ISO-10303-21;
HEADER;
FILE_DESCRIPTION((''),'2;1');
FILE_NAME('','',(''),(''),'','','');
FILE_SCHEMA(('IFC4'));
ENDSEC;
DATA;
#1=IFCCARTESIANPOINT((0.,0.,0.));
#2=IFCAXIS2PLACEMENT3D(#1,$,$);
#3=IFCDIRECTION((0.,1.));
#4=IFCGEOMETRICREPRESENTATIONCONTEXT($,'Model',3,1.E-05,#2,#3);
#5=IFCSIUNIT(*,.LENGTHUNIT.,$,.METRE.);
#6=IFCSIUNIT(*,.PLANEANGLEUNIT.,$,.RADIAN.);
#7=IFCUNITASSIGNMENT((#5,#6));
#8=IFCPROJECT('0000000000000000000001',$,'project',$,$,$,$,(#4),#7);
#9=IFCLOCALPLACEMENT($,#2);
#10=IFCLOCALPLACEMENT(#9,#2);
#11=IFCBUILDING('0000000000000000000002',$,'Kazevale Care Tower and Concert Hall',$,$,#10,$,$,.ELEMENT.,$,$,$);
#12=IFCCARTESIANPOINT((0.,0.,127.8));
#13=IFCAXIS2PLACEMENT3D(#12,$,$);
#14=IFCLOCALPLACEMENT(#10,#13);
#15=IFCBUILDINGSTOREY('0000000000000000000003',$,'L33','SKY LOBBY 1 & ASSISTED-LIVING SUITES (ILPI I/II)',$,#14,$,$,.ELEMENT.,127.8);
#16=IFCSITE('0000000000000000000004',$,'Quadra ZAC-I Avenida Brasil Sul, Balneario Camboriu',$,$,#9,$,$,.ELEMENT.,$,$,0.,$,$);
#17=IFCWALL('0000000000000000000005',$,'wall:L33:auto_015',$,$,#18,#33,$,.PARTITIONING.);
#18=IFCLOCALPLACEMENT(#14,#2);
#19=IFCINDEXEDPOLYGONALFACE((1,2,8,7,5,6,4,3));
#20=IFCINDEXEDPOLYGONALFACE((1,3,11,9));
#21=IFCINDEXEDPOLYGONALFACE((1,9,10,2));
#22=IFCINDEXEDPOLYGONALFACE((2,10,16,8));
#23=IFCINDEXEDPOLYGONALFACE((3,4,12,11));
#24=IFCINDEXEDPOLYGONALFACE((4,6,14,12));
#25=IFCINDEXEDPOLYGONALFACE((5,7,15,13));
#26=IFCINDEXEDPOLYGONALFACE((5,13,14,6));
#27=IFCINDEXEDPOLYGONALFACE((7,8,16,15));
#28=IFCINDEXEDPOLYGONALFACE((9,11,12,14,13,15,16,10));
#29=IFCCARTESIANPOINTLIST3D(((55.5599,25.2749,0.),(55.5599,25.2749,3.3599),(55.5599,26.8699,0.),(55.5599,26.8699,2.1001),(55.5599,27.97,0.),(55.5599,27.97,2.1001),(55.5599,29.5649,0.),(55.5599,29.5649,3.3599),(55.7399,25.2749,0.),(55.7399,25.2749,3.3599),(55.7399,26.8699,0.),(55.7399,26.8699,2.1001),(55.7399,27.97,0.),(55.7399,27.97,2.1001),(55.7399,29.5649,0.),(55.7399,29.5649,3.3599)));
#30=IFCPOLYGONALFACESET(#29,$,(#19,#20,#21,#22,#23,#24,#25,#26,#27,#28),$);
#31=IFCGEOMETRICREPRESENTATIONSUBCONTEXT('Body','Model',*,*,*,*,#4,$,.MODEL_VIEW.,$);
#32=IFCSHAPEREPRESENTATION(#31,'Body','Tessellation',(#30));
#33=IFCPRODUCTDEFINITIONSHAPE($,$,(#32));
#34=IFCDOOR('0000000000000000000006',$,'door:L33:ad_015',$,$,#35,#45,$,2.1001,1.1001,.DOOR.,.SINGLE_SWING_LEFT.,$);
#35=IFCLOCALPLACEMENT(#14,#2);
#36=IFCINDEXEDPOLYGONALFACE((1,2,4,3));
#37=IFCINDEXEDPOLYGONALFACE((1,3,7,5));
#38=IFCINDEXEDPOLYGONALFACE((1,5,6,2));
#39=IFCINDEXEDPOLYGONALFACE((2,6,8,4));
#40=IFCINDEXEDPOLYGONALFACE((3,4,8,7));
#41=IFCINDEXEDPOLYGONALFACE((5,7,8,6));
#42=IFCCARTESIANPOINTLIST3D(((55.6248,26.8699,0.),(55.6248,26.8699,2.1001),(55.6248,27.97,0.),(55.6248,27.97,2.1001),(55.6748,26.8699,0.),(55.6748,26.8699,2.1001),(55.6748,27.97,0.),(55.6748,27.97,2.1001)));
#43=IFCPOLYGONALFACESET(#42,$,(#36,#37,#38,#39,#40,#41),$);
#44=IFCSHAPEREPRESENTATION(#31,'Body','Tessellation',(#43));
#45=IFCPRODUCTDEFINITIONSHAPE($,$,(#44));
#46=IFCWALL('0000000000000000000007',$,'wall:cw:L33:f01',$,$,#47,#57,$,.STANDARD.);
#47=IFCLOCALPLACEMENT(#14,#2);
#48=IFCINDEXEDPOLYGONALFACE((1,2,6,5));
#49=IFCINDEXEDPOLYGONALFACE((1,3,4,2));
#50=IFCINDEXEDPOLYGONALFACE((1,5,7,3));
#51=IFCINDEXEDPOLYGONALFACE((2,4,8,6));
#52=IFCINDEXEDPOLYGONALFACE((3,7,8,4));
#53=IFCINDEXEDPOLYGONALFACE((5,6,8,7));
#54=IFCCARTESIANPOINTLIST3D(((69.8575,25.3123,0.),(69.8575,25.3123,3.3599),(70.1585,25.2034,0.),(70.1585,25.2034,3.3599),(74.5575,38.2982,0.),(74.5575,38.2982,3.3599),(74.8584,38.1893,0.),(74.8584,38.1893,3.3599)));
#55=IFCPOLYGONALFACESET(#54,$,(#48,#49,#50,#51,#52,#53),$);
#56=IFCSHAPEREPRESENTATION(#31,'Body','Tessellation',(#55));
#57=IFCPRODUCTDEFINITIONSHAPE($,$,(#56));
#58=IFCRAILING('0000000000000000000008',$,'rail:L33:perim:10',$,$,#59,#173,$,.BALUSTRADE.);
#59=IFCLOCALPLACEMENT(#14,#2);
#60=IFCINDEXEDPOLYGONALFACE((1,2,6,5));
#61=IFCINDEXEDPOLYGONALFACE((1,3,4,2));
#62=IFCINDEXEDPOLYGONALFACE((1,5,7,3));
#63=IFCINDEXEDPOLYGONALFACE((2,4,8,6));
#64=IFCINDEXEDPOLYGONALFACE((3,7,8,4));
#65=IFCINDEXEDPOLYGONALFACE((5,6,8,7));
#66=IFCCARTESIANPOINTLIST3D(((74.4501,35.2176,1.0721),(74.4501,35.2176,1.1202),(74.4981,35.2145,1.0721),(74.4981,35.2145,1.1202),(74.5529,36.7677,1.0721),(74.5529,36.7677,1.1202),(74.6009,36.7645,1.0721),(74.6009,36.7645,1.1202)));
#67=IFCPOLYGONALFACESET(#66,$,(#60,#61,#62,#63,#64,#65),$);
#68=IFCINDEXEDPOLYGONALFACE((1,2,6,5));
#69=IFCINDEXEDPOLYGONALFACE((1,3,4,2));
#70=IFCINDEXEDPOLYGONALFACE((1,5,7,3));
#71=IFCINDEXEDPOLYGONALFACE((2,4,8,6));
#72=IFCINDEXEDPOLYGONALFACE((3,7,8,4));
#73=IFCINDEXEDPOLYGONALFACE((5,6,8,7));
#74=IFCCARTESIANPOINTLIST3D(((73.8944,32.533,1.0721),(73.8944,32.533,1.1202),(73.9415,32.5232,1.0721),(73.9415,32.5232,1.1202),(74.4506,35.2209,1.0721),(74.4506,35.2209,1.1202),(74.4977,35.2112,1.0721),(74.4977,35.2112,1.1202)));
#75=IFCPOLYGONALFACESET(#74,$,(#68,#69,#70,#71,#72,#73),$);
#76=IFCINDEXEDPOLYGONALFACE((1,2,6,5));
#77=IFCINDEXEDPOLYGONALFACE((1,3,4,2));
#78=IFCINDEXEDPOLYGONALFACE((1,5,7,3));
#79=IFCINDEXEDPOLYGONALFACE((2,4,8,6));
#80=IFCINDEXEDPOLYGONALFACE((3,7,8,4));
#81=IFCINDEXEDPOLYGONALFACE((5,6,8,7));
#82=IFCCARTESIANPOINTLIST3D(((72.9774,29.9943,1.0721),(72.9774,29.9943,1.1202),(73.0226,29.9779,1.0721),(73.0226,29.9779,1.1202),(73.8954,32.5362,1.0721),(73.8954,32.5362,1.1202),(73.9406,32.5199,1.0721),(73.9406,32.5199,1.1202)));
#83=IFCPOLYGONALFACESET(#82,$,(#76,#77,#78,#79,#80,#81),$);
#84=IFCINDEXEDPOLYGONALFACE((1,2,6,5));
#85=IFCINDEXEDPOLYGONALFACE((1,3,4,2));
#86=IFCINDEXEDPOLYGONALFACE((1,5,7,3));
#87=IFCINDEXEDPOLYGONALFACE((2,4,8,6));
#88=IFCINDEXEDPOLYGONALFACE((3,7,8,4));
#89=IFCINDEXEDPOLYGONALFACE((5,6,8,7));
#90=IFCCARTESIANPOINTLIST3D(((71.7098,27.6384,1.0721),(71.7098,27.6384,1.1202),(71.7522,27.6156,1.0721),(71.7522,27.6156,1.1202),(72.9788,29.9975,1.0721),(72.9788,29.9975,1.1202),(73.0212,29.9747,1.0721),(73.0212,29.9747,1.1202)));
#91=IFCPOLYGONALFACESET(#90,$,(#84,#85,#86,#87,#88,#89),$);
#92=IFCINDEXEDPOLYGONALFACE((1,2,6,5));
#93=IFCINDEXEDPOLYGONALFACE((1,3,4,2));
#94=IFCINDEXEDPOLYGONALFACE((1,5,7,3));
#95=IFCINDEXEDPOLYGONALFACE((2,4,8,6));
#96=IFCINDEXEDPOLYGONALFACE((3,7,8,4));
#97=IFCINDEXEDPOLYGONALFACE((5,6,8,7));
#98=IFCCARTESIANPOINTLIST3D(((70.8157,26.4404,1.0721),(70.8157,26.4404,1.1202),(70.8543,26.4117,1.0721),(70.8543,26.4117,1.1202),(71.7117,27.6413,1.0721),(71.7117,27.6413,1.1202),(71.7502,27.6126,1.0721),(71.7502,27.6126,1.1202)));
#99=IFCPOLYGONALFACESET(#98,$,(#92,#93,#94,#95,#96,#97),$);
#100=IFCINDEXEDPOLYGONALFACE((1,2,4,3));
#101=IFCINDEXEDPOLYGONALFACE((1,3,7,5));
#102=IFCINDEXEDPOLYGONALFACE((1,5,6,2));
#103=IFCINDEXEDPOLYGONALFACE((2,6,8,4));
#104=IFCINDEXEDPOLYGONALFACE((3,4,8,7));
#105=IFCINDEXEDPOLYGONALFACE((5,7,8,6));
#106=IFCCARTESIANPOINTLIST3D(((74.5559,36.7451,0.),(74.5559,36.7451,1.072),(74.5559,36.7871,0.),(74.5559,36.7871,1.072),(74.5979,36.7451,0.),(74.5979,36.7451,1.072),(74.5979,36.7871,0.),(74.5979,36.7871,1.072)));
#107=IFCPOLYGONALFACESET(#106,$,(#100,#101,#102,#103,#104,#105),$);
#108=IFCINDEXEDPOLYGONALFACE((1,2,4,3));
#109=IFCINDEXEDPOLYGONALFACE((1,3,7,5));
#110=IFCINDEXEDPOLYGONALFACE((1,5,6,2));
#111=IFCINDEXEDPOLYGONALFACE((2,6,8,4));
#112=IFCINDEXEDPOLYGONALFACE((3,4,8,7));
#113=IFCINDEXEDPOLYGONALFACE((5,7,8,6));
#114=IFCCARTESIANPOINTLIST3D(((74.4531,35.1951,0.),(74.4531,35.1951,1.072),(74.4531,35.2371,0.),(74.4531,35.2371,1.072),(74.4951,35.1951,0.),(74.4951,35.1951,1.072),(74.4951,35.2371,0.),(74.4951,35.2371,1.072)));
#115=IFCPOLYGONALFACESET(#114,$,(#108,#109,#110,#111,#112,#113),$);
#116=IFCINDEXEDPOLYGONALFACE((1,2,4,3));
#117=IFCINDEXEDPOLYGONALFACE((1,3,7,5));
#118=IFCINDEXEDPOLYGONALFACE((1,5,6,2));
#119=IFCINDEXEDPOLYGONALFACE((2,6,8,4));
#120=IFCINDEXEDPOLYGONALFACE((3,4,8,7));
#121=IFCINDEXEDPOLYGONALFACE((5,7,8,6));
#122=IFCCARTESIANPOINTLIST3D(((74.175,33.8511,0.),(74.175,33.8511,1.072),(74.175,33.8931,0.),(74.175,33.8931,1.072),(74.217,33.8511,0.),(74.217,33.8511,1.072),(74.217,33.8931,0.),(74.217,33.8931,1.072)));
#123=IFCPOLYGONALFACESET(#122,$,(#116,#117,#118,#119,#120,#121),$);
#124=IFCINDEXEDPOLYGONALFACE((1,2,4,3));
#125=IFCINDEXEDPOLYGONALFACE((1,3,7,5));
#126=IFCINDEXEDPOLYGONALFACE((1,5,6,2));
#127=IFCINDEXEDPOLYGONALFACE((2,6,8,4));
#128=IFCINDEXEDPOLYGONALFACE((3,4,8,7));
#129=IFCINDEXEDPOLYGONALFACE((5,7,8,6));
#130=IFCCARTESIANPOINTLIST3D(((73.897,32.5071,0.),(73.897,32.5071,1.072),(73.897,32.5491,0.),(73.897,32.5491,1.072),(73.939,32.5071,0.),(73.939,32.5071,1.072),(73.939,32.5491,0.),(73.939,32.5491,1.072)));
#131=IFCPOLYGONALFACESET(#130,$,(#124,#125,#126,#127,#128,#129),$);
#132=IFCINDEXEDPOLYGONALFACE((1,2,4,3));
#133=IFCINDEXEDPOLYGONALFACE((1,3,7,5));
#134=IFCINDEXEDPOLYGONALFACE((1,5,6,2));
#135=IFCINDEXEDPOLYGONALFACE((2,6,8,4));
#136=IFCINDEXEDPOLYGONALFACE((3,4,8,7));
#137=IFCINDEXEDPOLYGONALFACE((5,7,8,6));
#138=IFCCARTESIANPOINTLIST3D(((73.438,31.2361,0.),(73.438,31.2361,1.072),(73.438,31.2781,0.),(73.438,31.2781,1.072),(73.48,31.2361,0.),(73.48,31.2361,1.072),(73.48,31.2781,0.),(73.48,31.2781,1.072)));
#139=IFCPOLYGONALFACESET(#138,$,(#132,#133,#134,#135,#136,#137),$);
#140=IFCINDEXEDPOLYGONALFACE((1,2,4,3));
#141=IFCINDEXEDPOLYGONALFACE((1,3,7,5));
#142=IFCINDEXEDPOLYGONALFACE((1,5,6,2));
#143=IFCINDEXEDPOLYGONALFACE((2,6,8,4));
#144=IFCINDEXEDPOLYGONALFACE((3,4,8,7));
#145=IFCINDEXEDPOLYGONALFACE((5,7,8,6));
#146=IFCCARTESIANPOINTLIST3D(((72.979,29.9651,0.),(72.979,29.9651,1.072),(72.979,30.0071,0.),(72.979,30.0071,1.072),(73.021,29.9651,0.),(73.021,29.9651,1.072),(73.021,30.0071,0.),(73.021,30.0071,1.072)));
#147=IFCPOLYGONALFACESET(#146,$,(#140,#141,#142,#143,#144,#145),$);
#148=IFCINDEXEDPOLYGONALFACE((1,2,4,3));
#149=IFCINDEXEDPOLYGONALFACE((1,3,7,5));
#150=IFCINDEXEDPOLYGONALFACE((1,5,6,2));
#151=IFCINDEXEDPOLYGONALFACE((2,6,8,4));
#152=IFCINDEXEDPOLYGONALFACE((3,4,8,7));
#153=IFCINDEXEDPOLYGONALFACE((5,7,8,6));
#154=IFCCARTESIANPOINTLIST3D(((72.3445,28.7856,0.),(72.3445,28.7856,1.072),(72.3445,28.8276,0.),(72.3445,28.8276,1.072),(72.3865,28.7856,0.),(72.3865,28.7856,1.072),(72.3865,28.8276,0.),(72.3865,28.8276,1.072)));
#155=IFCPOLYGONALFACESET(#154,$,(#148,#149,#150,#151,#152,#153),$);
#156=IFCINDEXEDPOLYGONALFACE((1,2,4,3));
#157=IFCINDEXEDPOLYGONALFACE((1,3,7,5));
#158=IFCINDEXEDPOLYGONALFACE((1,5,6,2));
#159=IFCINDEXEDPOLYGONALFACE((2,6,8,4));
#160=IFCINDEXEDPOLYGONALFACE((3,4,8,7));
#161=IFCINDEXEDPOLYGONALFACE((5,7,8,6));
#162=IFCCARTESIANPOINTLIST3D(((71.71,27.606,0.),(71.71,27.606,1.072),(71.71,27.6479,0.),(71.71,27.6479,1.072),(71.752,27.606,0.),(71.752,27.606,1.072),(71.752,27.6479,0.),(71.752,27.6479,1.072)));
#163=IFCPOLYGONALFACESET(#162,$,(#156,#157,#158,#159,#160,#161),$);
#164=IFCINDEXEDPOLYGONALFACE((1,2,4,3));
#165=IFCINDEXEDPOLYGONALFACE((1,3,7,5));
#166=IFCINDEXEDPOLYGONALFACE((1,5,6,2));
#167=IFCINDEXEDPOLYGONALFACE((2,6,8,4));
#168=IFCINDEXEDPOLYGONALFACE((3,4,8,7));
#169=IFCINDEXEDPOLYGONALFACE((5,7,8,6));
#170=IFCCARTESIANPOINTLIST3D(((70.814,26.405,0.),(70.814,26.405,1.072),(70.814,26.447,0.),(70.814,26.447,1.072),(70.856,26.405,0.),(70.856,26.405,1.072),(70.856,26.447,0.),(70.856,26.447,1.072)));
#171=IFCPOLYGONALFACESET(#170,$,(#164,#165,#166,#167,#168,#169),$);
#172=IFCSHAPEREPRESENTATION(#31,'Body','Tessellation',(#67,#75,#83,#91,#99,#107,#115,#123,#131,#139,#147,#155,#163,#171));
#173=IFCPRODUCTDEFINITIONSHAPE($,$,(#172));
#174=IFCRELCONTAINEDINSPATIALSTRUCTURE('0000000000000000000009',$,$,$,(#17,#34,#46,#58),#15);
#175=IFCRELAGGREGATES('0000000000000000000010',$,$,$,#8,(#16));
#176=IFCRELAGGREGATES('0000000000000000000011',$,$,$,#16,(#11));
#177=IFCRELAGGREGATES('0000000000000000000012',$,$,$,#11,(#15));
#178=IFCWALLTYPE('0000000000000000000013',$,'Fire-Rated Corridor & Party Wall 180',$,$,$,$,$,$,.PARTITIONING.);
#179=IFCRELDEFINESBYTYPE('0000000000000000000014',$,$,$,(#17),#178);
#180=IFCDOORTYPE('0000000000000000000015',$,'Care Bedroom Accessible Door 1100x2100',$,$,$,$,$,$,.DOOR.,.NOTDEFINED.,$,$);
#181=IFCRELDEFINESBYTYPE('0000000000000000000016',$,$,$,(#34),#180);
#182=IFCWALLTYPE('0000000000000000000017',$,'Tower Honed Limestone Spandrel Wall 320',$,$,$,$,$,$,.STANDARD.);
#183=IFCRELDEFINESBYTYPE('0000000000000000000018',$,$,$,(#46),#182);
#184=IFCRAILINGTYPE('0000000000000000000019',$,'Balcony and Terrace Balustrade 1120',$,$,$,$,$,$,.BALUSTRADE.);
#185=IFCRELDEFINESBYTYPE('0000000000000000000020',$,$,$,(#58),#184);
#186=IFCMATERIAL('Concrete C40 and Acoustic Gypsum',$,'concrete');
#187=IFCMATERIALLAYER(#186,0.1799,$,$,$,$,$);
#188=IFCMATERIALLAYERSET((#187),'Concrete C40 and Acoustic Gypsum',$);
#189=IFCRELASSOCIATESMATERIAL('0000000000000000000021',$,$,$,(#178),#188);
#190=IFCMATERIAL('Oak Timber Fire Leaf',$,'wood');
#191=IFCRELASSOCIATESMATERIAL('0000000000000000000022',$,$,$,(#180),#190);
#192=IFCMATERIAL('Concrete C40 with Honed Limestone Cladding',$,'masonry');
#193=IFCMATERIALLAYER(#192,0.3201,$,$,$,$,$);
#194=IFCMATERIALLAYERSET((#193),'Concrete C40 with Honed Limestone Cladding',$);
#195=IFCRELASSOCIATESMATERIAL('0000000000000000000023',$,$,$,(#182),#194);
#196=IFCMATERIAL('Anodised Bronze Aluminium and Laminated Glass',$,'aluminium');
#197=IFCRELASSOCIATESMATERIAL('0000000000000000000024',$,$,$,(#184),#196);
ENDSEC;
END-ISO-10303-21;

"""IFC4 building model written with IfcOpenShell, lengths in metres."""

from ifc_helpers import new_model, si_unit, direction, frame, frame_2d, origin, origin_2d, place, context, subcontext, project, spatial, rectangle, extrude, material, layer, layer_set, type_object, element, fill, save


model = new_model("IFC4")

# Units and contexts
model_context = context("Model", 3, precision=1e-05, world=origin(), true_north=direction((0.0, 1.0)))
body_context = subcontext(model_context, "Body", "Model", "MODEL_VIEW")
ifc_project = project(units=[si_unit("LENGTHUNIT", "METRE"), si_unit("PLANEANGLEUNIT", "RADIAN")], contexts=[model_context])

# Site, building, storey
site_placement = place(None, origin())
site = spatial("IfcSite", under=ifc_project, at=site_placement, Name="Quadra ZAC-I Avenida Brasil Sul, Balneario Camboriu", CompositionType="ELEMENT", RefElevation=0.0)
building_placement = place(site_placement, origin())
building = spatial("IfcBuilding", under=site, at=building_placement, Name="Kazevale Care Tower and Concert Hall", CompositionType="ELEMENT")
storey_placement = place(building_placement, frame((0.0, 0.0, 127.8)))
storey = spatial("IfcBuildingStorey", under=building, at=storey_placement, Name="L33", Description="SKY LOBBY 1 & ASSISTED-LIVING SUITES (ILPI I/II)", CompositionType="ELEMENT", Elevation=127.8)

# Wall, opening, door
ifc_material_1 = material(Name="Concrete C40 and Acoustic Gypsum", Category="concrete")
ifc_layer_1 = layer(ifc_material_1, 0.1799)
ifc_layer_set_1 = layer_set([ifc_layer_1], Name="Concrete C40 and Acoustic Gypsum")
wall_type_1 = type_object("IfcWallType", Name="Fire-Rated Corridor & Party Wall 180", PredefinedType="PARTITIONING", material=ifc_layer_set_1)
ifc_material_2 = material(Name="Oak Timber Fire Leaf", Category="wood")
door_type = type_object("IfcDoorType", Name="Care Bedroom Accessible Door 1100x2100", OperationType="NOTDEFINED", PredefinedType="DOOR", material=ifc_material_2)
wall_1_placement = place(storey_placement, frame((55.6499, 29.5649, 0.0), z_axis=(0.0, 0.0, 1.0), x_axis=(0.0, -1.0, 0.0)))
wall_1 = element("IfcWall", 1, at=wall_1_placement, inside=storey, type_object=wall_type_1, Name="wall:L33:auto_015", PredefinedType="PARTITIONING", context=body_context, shape_type="SweptSolid", body=[
    extrude(rectangle(XDim=4.29, YDim=0.1799, at=frame_2d((2.145, 0.0))), origin(), (0.0, 0.0, 1.0), 3.3599),
])
opening_1_placement = place(wall_1_placement, frame((1.595, 0.0, 0.0)))
opening_1 = element("IfcOpeningElement", 2, at=opening_1_placement, cuts=wall_1, PredefinedType="OPENING", context=body_context, shape_type="SweptSolid", body=[
    extrude(rectangle(XDim=1.1001, YDim=2.1001, at=frame_2d((0.55, 1.05))), frame((0.0, 0.0999, 0.0), z_axis=(0.0, -1.0, 0.0), x_axis=(1.0, 0.0, 0.0)), (0.0, 0.0, 1.0), 0.2),
])
door_1_placement = place(opening_1_placement, origin())
door_1 = element("IfcDoor", 3, at=door_1_placement, inside=storey, type_object=door_type, Name="door:L33:ad_015", OperationType="SINGLE_SWING_LEFT", OverallHeight=2.1001, OverallWidth=1.1001, PredefinedType="DOOR", context=body_context, shape_type="SweptSolid", body=[
    extrude(rectangle(XDim=1.1001, YDim=2.1001, at=frame_2d((0.55, 1.05))), frame((0.0, 0.0249, 0.0), z_axis=(0.0, -1.0, 0.0), x_axis=(1.0, 0.0, 0.0)), (0.0, 0.0, 1.0), 0.05),
])
fill(opening_1, door_1)

# Wall
ifc_material_3 = material(Name="Concrete C40 with Honed Limestone Cladding", Category="masonry")
ifc_layer_2 = layer(ifc_material_3, 0.3201)
ifc_layer_set_2 = layer_set([ifc_layer_2], Name="Concrete C40 with Honed Limestone Cladding")
wall_type_2 = type_object("IfcWallType", Name="Tower Honed Limestone Spandrel Wall 320", PredefinedType="STANDARD", material=ifc_layer_set_2)
wall_2_placement = place(storey_placement, frame((74.708, 38.2439, 0.0), z_axis=(0.0, 0.0, 1.0), x_axis=(-0.340325, -0.940308, 0.0)))
element("IfcWall", 4, at=wall_2_placement, inside=storey, type_object=wall_type_2, Name="wall:cw:L33:f01", PredefinedType="STANDARD", context=body_context, shape_type="SweptSolid", body=[
    extrude(rectangle(XDim=13.8103, YDim=0.3201, at=frame_2d((6.9053, 0.0))), origin(), (0.0, 0.0, 1.0), 3.3599),
])

# Railing
ifc_material_4 = material(Name="Anodised Bronze Aluminium and Laminated Glass", Category="aluminium")
railing_type = type_object("IfcRailingType", Name="Balcony and Terrace Balustrade 1120", PredefinedType="BALUSTRADE", material=ifc_material_4)
railing_1_placement = place(storey_placement, frame((74.5769, 36.7661, 0.0)))
element("IfcRailing", 5, at=railing_1_placement, inside=storey, type_object=railing_type, Name="rail:L33:perim:10", PredefinedType="BALUSTRADE", context=body_context, shape_type="SweptSolid", body=[
    extrude(rectangle(XDim=0.0481, YDim=0.0481, at=origin_2d()), frame((0.0, 0.0, 1.0962), z_axis=(-0.066164, -0.997809, 0.0), x_axis=(0.997809, -0.066164, 0.0)), (0.0, 0.0, 1.0), 1.5535),
    extrude(rectangle(XDim=0.0481, YDim=0.0481, at=origin_2d()), frame((-0.1028, -1.55, 1.0962), z_axis=(-0.202611, -0.979259, 0.0), x_axis=(0.979259, -0.202611, 0.0)), (0.0, 0.0, 1.0), 2.7449),
    extrude(rectangle(XDim=0.0481, YDim=0.0481, at=origin_2d()), frame((-0.6589, -4.238, 1.0962), z_axis=(-0.339653, -0.940551, 0.0), x_axis=(0.940551, -0.339653, 0.0)), (0.0, 0.0, 1.0), 2.7026),
    extrude(rectangle(XDim=0.0481, YDim=0.0481, at=origin_2d()), frame((-1.5769, -6.78, 1.0962), z_axis=(-0.473736, -0.880667, 0.0), x_axis=(0.880667, -0.473736, 0.0)), (0.0, 0.0, 1.0), 2.6787),
    extrude(rectangle(XDim=0.0481, YDim=0.0481, at=origin_2d()), frame((-2.8459, -9.1392, 1.0962), z_axis=(-0.597991, -0.801503, 0.0), x_axis=(0.801503, -0.597991, 0.0)), (0.0, 0.0, 1.0), 1.4983),
    extrude(rectangle(XDim=0.042, YDim=0.042, at=origin_2d()), origin(), (0.0, 0.0, 1.0), 1.072),
    extrude(rectangle(XDim=0.042, YDim=0.042, at=origin_2d()), frame((-0.1028, -1.55, 0.0)), (0.0, 0.0, 1.0), 1.072),
    extrude(rectangle(XDim=0.042, YDim=0.042, at=origin_2d()), frame((-0.3809, -2.894, 0.0)), (0.0, 0.0, 1.0), 1.072),
    extrude(rectangle(XDim=0.042, YDim=0.042, at=origin_2d()), frame((-0.6589, -4.238, 0.0)), (0.0, 0.0, 1.0), 1.072),
    extrude(rectangle(XDim=0.042, YDim=0.042, at=origin_2d()), frame((-1.1179, -5.509, 0.0)), (0.0, 0.0, 1.0), 1.072),
    extrude(rectangle(XDim=0.042, YDim=0.042, at=origin_2d()), frame((-1.5769, -6.78, 0.0)), (0.0, 0.0, 1.0), 1.072),
    extrude(rectangle(XDim=0.042, YDim=0.042, at=origin_2d()), frame((-2.2114, -7.9595, 0.0)), (0.0, 0.0, 1.0), 1.072),
    extrude(rectangle(XDim=0.042, YDim=0.042, at=origin_2d()), frame((-2.8459, -9.1392, 0.0)), (0.0, 0.0, 1.0), 1.072),
    extrude(rectangle(XDim=0.042, YDim=0.042, at=origin_2d()), frame((-3.7419, -10.3401, 0.0)), (0.0, 0.0, 1.0), 1.072),
])

save(model, "model.ifc")
